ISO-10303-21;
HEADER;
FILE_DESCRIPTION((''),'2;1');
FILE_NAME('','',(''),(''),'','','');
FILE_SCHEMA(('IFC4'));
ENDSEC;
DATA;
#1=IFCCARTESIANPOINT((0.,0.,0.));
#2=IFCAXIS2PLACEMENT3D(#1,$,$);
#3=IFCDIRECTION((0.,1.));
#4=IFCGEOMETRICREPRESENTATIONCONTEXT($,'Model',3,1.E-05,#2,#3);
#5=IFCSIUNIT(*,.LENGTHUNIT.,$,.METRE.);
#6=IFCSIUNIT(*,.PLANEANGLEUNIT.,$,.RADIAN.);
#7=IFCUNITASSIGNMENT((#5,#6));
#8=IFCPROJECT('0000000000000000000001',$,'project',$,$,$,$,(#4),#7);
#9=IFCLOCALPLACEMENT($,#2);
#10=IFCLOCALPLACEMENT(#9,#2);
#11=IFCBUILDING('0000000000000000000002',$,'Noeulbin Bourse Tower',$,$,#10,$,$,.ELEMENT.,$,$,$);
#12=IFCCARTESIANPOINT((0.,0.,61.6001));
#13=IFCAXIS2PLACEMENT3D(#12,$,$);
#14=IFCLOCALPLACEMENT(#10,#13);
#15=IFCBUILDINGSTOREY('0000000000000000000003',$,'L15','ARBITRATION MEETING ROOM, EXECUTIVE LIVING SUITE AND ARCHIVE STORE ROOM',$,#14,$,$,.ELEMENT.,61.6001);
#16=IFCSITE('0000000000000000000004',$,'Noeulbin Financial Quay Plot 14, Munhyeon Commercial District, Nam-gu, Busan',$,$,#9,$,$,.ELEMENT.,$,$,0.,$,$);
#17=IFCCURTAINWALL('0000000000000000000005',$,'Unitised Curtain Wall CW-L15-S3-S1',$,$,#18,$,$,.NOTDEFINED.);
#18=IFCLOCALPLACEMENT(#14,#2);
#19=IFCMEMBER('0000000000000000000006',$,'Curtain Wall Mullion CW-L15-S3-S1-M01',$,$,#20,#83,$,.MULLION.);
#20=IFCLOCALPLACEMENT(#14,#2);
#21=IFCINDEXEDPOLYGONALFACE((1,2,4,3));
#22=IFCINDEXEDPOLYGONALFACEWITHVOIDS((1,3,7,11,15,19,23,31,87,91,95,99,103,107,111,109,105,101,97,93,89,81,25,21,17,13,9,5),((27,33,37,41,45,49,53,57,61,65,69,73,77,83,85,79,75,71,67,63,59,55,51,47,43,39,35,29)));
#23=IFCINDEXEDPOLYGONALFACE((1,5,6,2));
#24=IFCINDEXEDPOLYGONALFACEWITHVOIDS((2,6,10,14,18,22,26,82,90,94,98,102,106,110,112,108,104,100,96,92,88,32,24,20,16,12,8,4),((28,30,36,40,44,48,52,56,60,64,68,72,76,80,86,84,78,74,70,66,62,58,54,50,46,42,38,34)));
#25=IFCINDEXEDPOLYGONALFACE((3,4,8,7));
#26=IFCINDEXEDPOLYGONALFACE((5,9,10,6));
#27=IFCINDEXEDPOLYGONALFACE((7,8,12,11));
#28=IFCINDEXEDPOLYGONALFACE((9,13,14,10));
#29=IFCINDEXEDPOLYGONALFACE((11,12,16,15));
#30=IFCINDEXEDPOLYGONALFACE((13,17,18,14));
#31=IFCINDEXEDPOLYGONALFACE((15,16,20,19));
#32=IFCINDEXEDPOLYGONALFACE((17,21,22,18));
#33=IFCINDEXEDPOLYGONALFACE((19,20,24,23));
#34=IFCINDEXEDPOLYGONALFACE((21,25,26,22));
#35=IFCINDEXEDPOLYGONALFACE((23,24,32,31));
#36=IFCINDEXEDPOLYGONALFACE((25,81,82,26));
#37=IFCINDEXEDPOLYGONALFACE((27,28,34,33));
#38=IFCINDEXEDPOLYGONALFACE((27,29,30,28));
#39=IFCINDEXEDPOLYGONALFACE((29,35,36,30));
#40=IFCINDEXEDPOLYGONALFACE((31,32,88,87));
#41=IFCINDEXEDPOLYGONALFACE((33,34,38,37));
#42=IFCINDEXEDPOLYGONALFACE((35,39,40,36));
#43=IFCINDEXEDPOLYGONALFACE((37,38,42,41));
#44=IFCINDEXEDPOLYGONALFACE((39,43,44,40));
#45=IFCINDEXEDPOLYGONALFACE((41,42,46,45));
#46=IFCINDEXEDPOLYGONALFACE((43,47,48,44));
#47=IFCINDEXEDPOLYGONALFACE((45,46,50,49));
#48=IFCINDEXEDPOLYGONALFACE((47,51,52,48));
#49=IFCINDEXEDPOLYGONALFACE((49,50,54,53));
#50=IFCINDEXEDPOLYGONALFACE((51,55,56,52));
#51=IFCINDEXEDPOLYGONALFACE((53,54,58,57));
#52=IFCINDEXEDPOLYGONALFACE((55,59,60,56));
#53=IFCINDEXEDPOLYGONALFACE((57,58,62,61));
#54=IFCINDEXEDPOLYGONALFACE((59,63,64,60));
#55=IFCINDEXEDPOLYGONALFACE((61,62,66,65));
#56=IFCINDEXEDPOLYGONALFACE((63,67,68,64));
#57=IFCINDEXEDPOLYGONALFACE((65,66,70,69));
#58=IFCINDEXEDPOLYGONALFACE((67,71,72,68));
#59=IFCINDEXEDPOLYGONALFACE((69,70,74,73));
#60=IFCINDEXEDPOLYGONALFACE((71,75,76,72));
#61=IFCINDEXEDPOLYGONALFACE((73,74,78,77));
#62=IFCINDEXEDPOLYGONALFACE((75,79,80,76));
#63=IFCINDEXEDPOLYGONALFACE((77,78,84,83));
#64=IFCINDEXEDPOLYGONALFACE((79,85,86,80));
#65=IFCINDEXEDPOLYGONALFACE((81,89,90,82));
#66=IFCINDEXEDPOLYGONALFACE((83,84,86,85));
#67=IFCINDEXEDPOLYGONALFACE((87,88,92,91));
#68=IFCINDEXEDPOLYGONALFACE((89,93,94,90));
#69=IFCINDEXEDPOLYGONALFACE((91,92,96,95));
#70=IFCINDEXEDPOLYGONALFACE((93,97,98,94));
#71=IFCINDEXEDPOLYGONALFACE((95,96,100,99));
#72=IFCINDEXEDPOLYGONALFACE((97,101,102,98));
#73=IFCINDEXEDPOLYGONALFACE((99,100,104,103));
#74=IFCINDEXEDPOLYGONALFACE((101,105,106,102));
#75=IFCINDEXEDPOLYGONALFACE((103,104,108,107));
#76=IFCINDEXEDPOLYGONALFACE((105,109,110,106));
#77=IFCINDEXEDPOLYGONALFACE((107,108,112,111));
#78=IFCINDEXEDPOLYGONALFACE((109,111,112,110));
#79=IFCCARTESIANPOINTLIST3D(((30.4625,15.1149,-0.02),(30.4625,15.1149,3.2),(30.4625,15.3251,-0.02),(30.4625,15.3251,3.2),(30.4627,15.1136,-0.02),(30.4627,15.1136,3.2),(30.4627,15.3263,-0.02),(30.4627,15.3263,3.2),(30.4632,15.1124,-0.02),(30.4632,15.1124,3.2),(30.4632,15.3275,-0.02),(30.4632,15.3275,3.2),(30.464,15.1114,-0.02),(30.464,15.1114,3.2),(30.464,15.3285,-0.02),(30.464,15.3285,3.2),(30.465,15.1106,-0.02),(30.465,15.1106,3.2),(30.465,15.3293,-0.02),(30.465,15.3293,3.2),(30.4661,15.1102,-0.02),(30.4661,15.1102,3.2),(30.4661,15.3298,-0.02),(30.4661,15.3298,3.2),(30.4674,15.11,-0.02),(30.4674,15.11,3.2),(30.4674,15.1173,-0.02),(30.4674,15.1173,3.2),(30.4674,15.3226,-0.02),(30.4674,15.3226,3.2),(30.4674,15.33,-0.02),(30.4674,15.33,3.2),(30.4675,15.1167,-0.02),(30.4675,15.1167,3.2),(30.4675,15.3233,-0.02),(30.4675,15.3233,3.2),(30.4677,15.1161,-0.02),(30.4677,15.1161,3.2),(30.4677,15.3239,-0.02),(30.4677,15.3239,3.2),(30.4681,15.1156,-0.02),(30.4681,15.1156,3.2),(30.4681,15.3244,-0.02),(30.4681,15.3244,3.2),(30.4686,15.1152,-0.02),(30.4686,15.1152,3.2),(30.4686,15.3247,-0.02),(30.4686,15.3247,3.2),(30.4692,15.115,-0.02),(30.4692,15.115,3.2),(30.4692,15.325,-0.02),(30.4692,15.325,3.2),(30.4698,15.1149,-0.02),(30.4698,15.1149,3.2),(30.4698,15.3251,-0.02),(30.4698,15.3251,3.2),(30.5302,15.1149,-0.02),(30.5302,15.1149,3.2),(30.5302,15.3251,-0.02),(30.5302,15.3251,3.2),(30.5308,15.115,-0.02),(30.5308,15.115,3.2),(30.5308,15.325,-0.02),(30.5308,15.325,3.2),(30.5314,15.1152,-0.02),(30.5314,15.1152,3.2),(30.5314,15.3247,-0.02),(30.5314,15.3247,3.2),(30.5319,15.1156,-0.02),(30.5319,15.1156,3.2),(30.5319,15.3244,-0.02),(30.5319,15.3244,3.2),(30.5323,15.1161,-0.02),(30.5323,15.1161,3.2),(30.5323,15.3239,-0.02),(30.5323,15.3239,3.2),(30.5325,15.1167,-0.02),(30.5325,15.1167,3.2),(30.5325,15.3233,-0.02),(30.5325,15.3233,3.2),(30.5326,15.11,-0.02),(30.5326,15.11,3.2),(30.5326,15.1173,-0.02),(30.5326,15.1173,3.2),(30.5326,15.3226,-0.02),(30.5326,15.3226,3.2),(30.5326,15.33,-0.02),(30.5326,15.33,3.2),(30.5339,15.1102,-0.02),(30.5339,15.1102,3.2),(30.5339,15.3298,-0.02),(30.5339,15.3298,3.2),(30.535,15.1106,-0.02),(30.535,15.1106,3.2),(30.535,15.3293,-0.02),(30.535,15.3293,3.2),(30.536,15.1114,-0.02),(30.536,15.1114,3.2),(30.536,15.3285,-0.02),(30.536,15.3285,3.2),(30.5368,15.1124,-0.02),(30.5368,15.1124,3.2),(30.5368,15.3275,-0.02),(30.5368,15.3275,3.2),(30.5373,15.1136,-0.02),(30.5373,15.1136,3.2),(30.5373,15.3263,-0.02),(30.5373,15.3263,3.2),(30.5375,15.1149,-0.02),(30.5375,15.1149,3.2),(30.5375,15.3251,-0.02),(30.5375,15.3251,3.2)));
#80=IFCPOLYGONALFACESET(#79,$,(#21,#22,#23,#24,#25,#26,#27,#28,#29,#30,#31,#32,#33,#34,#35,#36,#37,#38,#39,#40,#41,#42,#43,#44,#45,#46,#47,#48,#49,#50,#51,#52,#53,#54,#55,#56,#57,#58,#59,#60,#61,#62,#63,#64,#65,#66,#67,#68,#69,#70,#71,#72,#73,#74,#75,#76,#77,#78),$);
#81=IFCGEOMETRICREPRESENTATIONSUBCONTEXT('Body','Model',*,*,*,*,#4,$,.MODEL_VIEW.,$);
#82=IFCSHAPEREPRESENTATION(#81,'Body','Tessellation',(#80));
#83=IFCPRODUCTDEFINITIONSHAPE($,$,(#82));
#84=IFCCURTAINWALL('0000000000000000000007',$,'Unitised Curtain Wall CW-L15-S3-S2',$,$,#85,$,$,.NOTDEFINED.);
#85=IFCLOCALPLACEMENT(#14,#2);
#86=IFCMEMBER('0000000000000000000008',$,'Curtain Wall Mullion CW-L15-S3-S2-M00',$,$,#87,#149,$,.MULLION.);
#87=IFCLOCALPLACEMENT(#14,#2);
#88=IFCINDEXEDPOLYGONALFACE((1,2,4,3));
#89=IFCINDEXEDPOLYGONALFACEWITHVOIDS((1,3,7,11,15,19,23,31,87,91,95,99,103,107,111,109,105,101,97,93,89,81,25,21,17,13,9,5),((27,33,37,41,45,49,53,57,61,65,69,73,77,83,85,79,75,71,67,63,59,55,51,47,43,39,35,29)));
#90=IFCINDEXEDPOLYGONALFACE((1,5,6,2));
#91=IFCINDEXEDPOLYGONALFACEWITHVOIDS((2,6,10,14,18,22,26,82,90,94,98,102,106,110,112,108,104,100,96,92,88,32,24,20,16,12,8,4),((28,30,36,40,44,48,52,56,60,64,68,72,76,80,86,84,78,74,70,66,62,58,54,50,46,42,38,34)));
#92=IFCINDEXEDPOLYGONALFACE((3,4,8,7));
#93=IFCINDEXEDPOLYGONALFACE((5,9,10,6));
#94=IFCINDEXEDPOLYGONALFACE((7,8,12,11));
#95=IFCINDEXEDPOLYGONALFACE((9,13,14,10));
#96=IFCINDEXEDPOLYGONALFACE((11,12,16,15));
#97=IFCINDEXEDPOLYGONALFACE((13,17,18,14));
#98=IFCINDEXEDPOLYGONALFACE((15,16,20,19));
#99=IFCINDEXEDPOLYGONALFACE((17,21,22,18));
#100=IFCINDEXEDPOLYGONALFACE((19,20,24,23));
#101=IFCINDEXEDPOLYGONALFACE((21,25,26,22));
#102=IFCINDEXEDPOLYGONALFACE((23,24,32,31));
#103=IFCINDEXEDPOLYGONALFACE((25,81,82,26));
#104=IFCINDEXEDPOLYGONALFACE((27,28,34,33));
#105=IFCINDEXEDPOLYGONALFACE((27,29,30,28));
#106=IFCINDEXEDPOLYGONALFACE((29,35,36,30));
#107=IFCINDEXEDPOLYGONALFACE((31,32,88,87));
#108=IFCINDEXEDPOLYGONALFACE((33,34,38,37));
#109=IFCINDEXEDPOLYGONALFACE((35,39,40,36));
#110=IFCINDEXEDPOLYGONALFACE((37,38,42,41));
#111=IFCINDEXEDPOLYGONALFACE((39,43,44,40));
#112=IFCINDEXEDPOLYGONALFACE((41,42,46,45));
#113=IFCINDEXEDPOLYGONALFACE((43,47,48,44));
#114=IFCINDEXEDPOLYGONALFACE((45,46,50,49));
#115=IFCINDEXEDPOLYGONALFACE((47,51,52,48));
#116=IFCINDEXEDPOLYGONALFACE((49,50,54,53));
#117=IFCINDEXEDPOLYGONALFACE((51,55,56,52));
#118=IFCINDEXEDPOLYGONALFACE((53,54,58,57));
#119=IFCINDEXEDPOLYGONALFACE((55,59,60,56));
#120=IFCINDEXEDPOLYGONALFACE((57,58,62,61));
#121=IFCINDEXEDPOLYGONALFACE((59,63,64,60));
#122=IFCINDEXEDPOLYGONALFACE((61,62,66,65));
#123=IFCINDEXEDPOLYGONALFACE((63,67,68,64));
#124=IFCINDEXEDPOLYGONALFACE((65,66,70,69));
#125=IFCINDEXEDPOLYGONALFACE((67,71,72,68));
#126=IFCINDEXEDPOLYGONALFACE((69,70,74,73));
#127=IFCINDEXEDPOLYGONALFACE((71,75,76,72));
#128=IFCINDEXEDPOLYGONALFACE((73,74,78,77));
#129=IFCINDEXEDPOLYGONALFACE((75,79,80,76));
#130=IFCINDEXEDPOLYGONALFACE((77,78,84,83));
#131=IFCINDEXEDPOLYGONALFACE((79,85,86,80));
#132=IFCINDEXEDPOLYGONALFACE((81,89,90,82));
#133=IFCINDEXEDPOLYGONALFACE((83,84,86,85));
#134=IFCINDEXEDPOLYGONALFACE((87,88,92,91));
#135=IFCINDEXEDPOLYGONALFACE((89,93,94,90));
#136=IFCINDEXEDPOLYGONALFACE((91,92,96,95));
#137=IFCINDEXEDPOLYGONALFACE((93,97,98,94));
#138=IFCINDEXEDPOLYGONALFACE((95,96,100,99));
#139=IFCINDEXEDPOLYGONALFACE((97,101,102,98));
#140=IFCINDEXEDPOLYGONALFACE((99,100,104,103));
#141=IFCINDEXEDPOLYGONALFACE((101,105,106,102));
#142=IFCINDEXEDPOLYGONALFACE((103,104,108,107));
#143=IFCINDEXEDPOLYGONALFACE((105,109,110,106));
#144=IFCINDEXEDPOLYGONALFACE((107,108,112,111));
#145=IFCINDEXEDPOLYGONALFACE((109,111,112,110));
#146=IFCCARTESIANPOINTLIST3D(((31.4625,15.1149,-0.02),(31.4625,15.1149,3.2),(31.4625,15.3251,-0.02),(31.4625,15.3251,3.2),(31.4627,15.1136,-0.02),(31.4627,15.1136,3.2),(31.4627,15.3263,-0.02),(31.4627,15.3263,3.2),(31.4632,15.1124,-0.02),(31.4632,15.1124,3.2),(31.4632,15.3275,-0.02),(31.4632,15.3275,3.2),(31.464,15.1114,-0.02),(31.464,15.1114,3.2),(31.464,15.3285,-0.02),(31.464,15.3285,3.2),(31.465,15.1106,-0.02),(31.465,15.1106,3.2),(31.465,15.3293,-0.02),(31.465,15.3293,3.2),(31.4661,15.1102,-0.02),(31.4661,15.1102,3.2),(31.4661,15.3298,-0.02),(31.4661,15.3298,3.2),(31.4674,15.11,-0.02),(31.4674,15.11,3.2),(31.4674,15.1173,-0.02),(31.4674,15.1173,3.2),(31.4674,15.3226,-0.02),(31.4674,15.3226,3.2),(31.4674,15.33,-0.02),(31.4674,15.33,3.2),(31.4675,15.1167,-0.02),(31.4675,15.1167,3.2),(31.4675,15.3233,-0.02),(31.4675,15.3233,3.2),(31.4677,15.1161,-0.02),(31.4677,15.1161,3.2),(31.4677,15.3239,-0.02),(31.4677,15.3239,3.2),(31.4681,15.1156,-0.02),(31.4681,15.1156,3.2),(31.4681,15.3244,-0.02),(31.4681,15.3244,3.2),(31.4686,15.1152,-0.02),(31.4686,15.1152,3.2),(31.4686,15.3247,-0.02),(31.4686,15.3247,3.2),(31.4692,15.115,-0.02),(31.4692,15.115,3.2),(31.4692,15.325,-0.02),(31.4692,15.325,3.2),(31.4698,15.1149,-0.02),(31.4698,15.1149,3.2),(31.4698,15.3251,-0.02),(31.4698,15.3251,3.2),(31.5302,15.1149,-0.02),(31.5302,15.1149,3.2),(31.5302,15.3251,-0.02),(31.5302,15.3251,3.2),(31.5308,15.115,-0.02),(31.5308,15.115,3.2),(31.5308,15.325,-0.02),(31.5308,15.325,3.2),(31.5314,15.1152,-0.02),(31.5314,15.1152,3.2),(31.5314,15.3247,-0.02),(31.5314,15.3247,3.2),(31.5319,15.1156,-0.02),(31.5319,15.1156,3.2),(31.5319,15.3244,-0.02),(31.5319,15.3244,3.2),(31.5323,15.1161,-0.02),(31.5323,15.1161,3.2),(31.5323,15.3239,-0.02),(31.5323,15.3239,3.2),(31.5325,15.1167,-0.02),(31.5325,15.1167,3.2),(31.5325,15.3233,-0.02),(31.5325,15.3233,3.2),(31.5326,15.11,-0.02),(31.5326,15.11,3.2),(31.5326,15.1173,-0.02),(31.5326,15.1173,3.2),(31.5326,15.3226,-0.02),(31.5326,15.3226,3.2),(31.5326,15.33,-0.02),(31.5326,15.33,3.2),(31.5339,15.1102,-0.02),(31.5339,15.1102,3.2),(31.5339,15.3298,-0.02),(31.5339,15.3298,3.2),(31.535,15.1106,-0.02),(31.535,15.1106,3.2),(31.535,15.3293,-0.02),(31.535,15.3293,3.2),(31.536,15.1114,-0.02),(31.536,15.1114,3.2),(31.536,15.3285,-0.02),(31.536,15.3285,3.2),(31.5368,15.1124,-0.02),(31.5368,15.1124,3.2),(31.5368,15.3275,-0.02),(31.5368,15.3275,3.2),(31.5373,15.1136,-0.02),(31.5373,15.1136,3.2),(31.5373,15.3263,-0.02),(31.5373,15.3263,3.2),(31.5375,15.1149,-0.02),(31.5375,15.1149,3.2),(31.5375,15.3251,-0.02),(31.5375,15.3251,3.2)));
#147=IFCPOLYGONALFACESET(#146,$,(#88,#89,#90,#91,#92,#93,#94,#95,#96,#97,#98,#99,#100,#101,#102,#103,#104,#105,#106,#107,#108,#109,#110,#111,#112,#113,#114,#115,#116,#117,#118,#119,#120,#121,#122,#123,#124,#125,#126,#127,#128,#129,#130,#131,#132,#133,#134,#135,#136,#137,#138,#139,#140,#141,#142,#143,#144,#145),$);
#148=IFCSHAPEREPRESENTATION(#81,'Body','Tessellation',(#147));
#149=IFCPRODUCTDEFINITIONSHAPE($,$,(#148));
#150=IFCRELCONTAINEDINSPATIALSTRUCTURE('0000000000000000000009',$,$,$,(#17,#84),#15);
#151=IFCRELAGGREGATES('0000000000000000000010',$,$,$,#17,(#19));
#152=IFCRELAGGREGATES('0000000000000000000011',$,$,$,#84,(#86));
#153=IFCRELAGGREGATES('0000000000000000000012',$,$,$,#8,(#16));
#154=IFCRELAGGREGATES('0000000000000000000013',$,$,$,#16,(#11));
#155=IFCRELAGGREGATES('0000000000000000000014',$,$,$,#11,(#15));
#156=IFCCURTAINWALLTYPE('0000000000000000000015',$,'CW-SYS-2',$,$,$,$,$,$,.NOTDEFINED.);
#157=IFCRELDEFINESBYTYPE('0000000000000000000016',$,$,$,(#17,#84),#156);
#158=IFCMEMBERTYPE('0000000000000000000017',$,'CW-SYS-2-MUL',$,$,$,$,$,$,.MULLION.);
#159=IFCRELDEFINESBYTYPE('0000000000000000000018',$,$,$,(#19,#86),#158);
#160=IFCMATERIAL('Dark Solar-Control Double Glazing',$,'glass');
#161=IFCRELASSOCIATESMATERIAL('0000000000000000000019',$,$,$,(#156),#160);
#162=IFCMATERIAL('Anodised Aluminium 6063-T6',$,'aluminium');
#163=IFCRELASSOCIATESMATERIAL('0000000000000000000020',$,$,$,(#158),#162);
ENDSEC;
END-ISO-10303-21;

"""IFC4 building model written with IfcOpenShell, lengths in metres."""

from ifc_helpers import new_model, si_unit, direction, frame, origin, origin_2d, place, context, subcontext, project, spatial, hollow_rectangle, extrude, material, material_profile, profile_set, type_object, element, aggregate, save


model = new_model("IFC4")

# Units and contexts
model_context = context("Model", 3, precision=1e-05, world=origin(), true_north=direction((0.0, 1.0)))
body_context = subcontext(model_context, "Body", "Model", "MODEL_VIEW")
ifc_project = project(units=[si_unit("LENGTHUNIT", "METRE"), si_unit("PLANEANGLEUNIT", "RADIAN")], contexts=[model_context])

# Site, building, storey
site_placement = place(None, origin())
site = spatial("IfcSite", under=ifc_project, at=site_placement, Name="Noeulbin Financial Quay Plot 14, Munhyeon Commercial District, Nam-gu, Busan", CompositionType="ELEMENT", RefElevation=0.0)
building_placement = place(site_placement, origin())
building = spatial("IfcBuilding", under=site, at=building_placement, Name="Noeulbin Bourse Tower", CompositionType="ELEMENT")
storey_placement = place(building_placement, frame((0.0, 0.0, 61.6001)))
storey = spatial("IfcBuildingStorey", under=building, at=storey_placement, Name="L15", Description="ARBITRATION MEETING ROOM, EXECUTIVE LIVING SUITE AND ARCHIVE STORE ROOM", CompositionType="ELEMENT", Elevation=61.6001)

# Curtain walls, members
ifc_material_1 = material(Name="Dark Solar-Control Double Glazing", Category="glass")
curtain_wall_type = type_object("IfcCurtainWallType", Name="CW-SYS-2", PredefinedType="NOTDEFINED", material=ifc_material_1)
curtain_wall_1_placement = place(storey_placement, origin())
curtain_wall_1 = element("IfcCurtainWall", 1, at=curtain_wall_1_placement, inside=storey, type_object=curtain_wall_type, Name="Unitised Curtain Wall CW-L15-S3-S1", PredefinedType="NOTDEFINED")
ifc_material_2 = material(Name="Anodised Aluminium 6063-T6", Category="aluminium")
ifc_material_profile_1 = material_profile(ifc_material_2, hollow_rectangle(XDim=0.075, YDim=0.22, WallThickness=0.0049, InnerFilletRadius=0.0024, OuterFilletRadius=0.0049, at=origin_2d()), Name="ALU-MULL-75x220x5", Category="LoadBearing")
ifc_profile_set_1 = profile_set([ifc_material_profile_1], Name="Anodised Aluminium 6063-T6")
member_type_1 = type_object("IfcMemberType", Name="CW-SYS-2-MUL", PredefinedType="MULLION", material=ifc_profile_set_1)
member_1_placement = place(storey_placement, frame((30.5, 15.22, -0.02), z_axis=(0.0, 0.0, 1.0), x_axis=(1.0, 0.0, 0.0)))
member_1 = element("IfcMember", 2, at=member_1_placement, type_object=member_type_1, Name="Curtain Wall Mullion CW-L15-S3-S1-M01", PredefinedType="MULLION", context=body_context, shape_type="SweptSolid", body=[
    extrude(hollow_rectangle(XDim=0.075, YDim=0.22, WallThickness=0.0049, InnerFilletRadius=0.0024, OuterFilletRadius=0.0049, at=origin_2d()), origin(), (0.0, 0.0, 1.0), 3.22),
])
curtain_wall_2_placement = place(storey_placement, origin())
curtain_wall_2 = element("IfcCurtainWall", 3, at=curtain_wall_2_placement, inside=storey, type_object=curtain_wall_type, Name="Unitised Curtain Wall CW-L15-S3-S2", PredefinedType="NOTDEFINED")
member_2_placement = place(storey_placement, frame((31.5, 15.22, -0.02), z_axis=(0.0, 0.0, 1.0), x_axis=(1.0, 0.0, 0.0)))
member_2 = element("IfcMember", 4, at=member_2_placement, type_object=member_type_1, Name="Curtain Wall Mullion CW-L15-S3-S2-M00", PredefinedType="MULLION", context=body_context, shape_type="SweptSolid", body=[
    extrude(hollow_rectangle(XDim=0.075, YDim=0.22, WallThickness=0.0049, InnerFilletRadius=0.0024, OuterFilletRadius=0.0049, at=origin_2d()), origin(), (0.0, 0.0, 1.0), 3.22),
])

aggregate(curtain_wall_1, [member_1])
aggregate(curtain_wall_2, [member_2])

save(model, "model.ifc")
